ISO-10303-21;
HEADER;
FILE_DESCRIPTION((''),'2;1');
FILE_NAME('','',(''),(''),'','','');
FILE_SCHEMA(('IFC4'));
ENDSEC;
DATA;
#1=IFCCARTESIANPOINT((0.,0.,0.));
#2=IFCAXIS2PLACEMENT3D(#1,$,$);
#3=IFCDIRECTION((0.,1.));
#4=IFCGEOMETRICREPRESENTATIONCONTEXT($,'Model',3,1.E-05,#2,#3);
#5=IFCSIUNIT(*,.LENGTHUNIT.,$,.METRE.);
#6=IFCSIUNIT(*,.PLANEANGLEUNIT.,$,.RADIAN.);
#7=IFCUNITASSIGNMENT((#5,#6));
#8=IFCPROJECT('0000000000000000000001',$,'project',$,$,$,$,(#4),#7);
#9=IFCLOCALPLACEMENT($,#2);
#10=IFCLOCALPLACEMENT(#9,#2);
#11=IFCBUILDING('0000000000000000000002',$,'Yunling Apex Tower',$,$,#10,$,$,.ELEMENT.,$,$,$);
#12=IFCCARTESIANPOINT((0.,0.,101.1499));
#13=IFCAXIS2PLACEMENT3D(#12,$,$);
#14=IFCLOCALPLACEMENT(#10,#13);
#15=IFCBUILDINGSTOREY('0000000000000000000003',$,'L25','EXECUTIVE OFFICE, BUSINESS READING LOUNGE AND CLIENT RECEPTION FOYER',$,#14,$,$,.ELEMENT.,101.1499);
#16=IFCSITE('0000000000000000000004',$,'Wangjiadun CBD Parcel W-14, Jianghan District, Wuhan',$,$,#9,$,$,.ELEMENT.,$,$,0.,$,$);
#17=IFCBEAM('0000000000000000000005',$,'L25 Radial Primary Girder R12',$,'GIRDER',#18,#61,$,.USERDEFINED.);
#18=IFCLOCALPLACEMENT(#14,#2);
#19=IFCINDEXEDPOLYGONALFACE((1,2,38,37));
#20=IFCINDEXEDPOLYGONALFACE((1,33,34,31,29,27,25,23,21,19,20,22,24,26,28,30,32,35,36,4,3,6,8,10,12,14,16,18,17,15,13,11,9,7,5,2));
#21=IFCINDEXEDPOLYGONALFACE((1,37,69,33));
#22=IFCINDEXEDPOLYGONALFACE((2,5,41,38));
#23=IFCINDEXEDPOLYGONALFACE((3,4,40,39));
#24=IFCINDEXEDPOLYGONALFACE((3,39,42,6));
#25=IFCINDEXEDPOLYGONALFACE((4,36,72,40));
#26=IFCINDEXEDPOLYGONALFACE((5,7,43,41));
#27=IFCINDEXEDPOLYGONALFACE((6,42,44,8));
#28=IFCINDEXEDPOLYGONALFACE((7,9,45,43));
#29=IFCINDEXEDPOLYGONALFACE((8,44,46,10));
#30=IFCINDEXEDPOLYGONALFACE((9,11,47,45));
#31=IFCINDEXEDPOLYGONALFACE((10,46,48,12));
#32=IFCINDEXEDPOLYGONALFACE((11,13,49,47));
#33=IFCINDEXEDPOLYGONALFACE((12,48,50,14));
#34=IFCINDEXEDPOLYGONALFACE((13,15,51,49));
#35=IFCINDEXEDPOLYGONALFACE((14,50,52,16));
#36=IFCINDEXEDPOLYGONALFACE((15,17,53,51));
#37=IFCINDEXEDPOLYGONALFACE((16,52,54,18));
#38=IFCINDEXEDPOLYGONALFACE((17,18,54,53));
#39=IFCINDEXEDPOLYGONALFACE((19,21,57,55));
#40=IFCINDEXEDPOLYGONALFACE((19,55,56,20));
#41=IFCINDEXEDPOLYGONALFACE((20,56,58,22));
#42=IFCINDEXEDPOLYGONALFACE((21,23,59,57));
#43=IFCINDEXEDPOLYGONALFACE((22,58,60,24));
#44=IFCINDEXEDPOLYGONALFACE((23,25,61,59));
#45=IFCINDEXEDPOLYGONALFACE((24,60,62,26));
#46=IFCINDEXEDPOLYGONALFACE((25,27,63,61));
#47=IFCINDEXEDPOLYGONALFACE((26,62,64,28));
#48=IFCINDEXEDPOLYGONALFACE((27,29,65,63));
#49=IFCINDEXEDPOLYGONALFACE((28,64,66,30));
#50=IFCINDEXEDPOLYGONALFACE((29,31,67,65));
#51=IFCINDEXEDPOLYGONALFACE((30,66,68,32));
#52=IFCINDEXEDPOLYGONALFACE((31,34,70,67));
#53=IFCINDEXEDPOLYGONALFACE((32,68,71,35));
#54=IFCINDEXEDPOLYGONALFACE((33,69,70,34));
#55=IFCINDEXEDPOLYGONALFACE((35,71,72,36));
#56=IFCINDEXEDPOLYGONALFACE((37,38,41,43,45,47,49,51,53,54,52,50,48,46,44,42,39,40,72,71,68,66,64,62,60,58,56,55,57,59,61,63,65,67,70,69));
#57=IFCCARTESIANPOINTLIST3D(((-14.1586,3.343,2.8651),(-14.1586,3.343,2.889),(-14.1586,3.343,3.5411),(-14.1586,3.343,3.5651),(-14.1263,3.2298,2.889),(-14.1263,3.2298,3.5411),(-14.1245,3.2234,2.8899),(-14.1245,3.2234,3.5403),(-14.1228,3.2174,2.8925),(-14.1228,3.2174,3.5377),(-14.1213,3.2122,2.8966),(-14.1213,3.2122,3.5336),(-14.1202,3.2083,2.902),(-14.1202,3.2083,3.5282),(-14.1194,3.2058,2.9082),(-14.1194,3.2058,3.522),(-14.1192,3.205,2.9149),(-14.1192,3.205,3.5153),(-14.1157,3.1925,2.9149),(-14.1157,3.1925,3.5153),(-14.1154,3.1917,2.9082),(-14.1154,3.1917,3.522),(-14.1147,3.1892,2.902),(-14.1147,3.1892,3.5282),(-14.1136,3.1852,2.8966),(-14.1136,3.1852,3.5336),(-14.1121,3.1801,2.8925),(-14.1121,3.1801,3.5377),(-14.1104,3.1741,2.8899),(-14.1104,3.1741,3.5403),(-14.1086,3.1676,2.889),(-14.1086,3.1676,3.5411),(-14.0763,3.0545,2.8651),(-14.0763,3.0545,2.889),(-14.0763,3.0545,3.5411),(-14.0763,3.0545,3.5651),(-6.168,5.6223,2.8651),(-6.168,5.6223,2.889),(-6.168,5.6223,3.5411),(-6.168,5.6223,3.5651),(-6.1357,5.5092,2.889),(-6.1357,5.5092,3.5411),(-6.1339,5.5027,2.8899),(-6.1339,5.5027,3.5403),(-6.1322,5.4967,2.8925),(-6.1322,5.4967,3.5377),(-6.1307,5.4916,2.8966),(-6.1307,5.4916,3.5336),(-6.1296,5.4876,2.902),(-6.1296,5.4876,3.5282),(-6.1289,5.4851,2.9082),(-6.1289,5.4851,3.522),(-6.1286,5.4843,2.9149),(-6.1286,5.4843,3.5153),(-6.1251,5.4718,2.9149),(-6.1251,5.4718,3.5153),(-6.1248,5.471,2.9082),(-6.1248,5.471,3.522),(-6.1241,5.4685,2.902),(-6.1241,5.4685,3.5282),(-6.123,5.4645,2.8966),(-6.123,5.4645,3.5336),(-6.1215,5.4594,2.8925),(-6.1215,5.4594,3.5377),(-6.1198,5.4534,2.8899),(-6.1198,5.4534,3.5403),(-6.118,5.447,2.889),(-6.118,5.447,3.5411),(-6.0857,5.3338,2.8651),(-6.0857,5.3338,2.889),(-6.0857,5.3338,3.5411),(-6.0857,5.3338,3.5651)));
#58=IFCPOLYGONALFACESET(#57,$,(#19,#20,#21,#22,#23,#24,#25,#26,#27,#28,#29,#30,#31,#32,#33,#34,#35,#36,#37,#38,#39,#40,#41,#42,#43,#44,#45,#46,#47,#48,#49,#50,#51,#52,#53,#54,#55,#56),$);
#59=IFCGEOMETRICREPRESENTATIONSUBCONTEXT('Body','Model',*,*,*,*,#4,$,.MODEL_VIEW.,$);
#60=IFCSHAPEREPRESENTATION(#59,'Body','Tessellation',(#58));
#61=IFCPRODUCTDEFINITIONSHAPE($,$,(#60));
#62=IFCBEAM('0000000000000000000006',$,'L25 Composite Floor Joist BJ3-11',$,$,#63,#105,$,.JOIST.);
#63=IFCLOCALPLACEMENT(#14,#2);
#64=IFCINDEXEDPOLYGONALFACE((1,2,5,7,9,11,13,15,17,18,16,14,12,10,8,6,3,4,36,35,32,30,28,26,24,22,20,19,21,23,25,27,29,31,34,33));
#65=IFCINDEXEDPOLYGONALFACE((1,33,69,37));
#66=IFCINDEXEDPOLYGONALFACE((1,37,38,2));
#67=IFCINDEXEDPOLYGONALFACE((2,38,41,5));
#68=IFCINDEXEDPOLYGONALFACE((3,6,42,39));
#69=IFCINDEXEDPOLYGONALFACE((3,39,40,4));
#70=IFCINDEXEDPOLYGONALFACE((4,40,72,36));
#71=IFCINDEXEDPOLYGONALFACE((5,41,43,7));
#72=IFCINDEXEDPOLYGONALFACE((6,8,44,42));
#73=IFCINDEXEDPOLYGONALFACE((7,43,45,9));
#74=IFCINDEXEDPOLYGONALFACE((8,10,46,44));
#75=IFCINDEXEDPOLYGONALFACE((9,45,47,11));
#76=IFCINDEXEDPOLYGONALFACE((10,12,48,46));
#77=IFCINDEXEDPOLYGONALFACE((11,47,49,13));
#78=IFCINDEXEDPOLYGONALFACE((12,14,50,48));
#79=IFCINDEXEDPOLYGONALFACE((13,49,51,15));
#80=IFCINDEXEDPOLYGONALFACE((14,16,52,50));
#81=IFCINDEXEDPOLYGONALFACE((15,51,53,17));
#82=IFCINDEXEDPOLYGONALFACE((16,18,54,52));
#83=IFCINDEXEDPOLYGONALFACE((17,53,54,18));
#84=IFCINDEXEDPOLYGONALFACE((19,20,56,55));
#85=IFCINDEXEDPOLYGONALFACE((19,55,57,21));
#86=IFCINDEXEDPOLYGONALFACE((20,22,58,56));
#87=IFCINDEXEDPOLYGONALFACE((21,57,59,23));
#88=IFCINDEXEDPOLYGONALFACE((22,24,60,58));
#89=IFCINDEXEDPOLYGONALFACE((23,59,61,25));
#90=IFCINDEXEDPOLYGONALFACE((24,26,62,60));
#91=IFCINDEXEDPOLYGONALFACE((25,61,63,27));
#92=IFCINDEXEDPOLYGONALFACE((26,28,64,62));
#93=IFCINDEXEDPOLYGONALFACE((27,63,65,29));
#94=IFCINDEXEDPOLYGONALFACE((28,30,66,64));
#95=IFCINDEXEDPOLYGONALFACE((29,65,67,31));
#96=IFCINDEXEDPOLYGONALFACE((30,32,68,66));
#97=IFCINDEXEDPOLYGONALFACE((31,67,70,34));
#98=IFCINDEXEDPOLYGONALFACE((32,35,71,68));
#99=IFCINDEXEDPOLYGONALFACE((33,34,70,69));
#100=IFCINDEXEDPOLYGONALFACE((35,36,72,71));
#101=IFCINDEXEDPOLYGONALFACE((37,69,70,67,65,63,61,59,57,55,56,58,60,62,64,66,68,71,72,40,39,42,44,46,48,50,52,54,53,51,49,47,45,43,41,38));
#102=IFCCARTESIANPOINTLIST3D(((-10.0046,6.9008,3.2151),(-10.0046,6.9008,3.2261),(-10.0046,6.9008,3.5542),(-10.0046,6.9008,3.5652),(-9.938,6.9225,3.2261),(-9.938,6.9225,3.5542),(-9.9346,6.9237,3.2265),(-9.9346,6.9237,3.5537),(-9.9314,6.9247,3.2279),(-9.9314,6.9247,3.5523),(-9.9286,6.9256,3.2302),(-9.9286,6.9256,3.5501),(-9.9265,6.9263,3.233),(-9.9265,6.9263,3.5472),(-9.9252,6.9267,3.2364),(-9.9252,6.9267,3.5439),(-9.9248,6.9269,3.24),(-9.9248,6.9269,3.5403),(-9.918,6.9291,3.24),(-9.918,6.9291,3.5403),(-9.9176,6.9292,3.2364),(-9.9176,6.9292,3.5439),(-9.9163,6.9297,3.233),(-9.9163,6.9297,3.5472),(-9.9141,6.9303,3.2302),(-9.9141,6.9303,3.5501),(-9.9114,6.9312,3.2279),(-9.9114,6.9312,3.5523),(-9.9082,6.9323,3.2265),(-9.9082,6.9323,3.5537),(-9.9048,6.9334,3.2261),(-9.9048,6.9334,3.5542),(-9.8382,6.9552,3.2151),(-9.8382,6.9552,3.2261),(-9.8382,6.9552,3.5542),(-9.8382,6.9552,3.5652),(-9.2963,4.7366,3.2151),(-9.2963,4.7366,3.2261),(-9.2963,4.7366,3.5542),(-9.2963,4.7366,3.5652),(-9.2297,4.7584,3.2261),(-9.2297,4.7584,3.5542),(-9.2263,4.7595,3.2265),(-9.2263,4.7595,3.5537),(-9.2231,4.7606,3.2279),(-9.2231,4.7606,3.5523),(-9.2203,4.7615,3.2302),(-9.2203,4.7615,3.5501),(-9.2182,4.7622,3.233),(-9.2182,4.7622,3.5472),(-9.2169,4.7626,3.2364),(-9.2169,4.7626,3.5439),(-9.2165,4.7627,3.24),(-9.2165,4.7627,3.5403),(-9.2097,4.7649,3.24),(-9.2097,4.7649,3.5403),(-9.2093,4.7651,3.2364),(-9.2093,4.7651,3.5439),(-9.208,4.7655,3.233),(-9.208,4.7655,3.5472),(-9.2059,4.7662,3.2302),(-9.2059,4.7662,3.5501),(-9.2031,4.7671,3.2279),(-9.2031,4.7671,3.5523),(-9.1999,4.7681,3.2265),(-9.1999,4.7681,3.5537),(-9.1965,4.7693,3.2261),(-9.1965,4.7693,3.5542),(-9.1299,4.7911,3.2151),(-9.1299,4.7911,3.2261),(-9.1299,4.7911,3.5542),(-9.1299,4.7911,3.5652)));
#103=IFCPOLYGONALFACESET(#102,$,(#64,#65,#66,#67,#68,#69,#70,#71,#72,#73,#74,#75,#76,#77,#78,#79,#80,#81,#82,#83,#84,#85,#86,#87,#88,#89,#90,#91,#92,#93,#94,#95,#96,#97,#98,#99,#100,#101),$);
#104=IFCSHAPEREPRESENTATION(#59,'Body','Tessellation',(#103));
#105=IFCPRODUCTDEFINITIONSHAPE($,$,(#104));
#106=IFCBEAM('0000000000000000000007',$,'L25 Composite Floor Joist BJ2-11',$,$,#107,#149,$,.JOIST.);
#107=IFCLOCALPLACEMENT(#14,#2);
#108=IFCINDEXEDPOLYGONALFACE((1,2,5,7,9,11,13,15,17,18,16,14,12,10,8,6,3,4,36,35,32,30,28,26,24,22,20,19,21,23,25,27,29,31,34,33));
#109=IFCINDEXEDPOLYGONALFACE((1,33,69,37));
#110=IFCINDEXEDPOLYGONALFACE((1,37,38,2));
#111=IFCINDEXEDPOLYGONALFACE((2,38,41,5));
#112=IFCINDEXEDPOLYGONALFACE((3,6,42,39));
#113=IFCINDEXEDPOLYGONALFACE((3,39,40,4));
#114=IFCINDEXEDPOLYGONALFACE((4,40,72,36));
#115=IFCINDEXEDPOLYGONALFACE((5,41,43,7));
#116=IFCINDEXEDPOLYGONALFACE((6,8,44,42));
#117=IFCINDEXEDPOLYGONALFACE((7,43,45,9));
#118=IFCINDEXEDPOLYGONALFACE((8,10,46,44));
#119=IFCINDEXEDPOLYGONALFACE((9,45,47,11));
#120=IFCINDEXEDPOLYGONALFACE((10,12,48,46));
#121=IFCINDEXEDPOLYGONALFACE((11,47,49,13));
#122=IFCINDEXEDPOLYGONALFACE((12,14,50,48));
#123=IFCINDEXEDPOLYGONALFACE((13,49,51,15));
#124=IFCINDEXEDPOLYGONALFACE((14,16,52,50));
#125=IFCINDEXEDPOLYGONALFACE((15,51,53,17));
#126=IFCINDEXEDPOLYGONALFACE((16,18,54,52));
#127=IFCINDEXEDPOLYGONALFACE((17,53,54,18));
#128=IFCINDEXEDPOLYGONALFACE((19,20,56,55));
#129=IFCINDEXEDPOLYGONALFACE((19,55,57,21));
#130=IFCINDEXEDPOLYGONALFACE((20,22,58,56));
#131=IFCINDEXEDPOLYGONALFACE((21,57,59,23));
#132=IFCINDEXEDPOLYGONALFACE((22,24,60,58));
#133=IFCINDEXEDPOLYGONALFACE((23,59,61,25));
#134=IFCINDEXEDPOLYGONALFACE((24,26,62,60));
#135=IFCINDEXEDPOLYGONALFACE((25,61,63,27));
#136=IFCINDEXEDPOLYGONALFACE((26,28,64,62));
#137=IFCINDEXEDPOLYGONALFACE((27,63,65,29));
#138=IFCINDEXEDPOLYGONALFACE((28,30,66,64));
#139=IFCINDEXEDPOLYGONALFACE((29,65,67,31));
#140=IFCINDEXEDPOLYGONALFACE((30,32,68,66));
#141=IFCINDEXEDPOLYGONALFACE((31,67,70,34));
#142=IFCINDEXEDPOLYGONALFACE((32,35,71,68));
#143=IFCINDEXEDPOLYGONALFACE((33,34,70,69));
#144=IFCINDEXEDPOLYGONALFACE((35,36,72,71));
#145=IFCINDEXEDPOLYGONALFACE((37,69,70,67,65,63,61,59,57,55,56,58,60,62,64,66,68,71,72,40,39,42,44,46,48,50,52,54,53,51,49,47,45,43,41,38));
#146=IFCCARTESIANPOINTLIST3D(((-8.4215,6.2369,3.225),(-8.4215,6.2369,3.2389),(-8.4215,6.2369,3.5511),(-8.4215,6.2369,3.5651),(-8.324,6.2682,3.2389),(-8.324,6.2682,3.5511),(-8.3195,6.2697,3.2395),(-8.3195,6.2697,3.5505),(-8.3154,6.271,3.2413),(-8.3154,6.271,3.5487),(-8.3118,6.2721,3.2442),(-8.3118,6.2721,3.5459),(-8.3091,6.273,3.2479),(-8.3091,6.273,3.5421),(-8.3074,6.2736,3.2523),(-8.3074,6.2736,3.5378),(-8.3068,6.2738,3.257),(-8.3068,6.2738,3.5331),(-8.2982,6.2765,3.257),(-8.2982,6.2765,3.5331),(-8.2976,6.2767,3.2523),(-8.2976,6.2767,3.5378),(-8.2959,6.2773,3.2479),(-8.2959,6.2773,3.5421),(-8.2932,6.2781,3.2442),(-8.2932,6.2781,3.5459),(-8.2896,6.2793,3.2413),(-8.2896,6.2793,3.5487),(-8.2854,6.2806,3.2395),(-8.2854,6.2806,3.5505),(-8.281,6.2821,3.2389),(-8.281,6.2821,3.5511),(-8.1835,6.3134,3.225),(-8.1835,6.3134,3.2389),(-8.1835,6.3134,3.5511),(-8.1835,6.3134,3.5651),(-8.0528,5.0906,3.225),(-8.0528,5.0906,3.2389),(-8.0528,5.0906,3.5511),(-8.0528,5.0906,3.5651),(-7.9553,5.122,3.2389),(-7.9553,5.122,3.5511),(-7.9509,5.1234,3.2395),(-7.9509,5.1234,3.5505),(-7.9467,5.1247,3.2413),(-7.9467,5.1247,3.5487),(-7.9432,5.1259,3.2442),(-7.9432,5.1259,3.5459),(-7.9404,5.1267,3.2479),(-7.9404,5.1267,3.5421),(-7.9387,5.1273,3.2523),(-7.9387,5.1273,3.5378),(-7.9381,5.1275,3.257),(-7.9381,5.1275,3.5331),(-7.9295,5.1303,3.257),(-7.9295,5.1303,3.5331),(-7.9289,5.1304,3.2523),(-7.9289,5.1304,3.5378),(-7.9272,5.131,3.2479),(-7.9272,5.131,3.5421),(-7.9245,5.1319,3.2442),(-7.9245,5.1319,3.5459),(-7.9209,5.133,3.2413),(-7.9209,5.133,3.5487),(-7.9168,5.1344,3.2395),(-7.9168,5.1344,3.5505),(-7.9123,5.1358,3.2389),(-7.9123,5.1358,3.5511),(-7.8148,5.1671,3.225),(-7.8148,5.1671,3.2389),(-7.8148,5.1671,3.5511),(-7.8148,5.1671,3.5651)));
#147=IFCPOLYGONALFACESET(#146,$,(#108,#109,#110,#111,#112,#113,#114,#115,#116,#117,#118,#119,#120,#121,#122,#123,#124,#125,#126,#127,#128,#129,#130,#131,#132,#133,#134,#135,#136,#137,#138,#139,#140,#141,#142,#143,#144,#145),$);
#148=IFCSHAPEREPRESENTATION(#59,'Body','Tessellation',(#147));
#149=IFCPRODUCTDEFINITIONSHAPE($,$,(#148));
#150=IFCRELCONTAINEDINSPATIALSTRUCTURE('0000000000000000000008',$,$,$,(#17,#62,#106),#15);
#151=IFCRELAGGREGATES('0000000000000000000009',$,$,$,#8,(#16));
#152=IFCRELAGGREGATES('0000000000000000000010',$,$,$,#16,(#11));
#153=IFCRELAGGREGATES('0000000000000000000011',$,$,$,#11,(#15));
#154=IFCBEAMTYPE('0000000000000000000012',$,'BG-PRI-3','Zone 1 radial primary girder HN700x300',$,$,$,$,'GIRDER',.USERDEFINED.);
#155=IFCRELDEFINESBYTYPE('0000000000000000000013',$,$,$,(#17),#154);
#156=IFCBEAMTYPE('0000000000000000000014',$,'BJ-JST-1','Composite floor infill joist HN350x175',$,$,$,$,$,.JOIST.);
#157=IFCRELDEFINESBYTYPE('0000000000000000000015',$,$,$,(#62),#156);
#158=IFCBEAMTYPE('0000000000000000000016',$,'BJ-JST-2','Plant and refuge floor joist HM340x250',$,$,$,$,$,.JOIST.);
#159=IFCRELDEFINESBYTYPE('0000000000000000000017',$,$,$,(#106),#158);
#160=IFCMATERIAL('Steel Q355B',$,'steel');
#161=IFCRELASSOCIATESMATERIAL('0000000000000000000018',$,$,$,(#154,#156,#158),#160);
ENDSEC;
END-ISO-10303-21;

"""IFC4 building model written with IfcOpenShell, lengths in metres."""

from ifc_helpers import new_model, si_unit, direction, frame, origin, origin_2d, place, context, subcontext, project, spatial, i_section, extrude, source, transform, mapped, material, material_profile, profile_set, type_object, element, save


model = new_model("IFC4")

# Units and contexts
model_context = context("Model", 3, precision=1e-05, world=origin(), true_north=direction((0.0, 1.0)))
body_context = subcontext(model_context, "Body", "Model", "MODEL_VIEW")
ifc_project = project(units=[si_unit("LENGTHUNIT", "METRE"), si_unit("PLANEANGLEUNIT", "RADIAN")], contexts=[model_context])

# Site, building, storey
site_placement = place(None, origin())
site = spatial("IfcSite", under=ifc_project, at=site_placement, Name="Wangjiadun CBD Parcel W-14, Jianghan District, Wuhan", CompositionType="ELEMENT", RefElevation=0.0)
building_placement = place(site_placement, origin())
building = spatial("IfcBuilding", under=site, at=building_placement, Name="Yunling Apex Tower", CompositionType="ELEMENT")
storey_placement = place(building_placement, frame((0.0, 0.0, 101.1499)))
storey = spatial("IfcBuildingStorey", under=building, at=storey_placement, Name="L25", Description="EXECUTIVE OFFICE, BUSINESS READING LOUNGE AND CLIENT RECEPTION FOYER", CompositionType="ELEMENT", Elevation=101.1499)

# Beams
ifc_material_1 = material(Name="Steel Q355B", Category="steel")
ifc_material_profile_1 = material_profile(ifc_material_1, i_section(OverallWidth=0.3, OverallDepth=0.7, WebThickness=0.0129, FlangeThickness=0.0239, FilletRadius=0.0259, at=origin_2d()))
ifc_profile_set_1 = profile_set([ifc_material_profile_1], Name="Steel Q355B")
beam_type_1 = type_object("IfcBeamType", Name="BG-PRI-3", Description="Zone 1 radial primary girder HN700x300", ElementType="GIRDER", PredefinedType="USERDEFINED", material=ifc_profile_set_1)
shared_shape_1 = source(origin(), body_context, "Body", "SweptSolid", [
    extrude(i_section(OverallWidth=0.3, OverallDepth=0.7, WebThickness=0.0129, FlangeThickness=0.0239, FilletRadius=0.0259, at=origin_2d()), origin(), (0.0, 0.0, 1.0), 8.3093),
])
beam_1_placement = place(storey_placement, frame((-14.1174, 3.1987, 3.2151), z_axis=(0.961641, 0.27431, 0.0), x_axis=(-0.27431, 0.961641, 0.0)))
element("IfcBeam", 1, at=beam_1_placement, inside=storey, type_object=beam_type_1, Name="L25 Radial Primary Girder R12", ObjectType="GIRDER", PredefinedType="USERDEFINED", context=body_context, shape_type="MappedRepresentation", body=[
    mapped(shared_shape_1, transform((0.0, 0.0, 0.0), scale=1.0)),
])
ifc_material_profile_2 = material_profile(ifc_material_1, i_section(OverallWidth=0.175, OverallDepth=0.3501, WebThickness=0.0071, FlangeThickness=0.011, FilletRadius=0.0139, at=origin_2d()))
ifc_profile_set_2 = profile_set([ifc_material_profile_2], Name="Steel Q355B")
beam_type_2 = type_object("IfcBeamType", Name="BJ-JST-1", Description="Composite floor infill joist HN350x175", PredefinedType="JOIST", material=ifc_profile_set_2)
shared_shape_2 = source(origin(), body_context, "Body", "SweptSolid", [
    extrude(i_section(OverallWidth=0.175, OverallDepth=0.3501, WebThickness=0.0071, FlangeThickness=0.011, FilletRadius=0.0139, at=origin_2d()), origin(), (0.0, 0.0, 1.0), 2.2771),
])
beam_2_placement = place(storey_placement, frame((-9.9214, 6.928, 3.3901), z_axis=(0.311044, -0.950395, 0.0), x_axis=(0.950395, 0.311044, 0.0)))
element("IfcBeam", 2, at=beam_2_placement, inside=storey, type_object=beam_type_2, Name="L25 Composite Floor Joist BJ3-11", PredefinedType="JOIST", context=body_context, shape_type="MappedRepresentation", body=[
    mapped(shared_shape_2, transform((0.0, 0.0, 0.0), scale=1.0)),
])
ifc_material_profile_3 = material_profile(ifc_material_1, i_section(OverallWidth=0.25, OverallDepth=0.3401, WebThickness=0.009, FlangeThickness=0.0139, FilletRadius=0.0181, at=origin_2d()))
ifc_profile_set_3 = profile_set([ifc_material_profile_3], Name="Steel Q355B")
beam_type_3 = type_object("IfcBeamType", Name="BJ-JST-2", Description="Plant and refuge floor joist HM340x250", PredefinedType="JOIST", material=ifc_profile_set_3)
shared_shape_3 = source(origin(), body_context, "Body", "SweptSolid", [
    extrude(i_section(OverallWidth=0.25, OverallDepth=0.3401, WebThickness=0.009, FlangeThickness=0.0139, FilletRadius=0.0181, at=origin_2d()), origin(), (0.0, 0.0, 1.0), 1.2041),
])
beam_3_placement = place(storey_placement, frame((-8.3025, 6.2751, 3.395), z_axis=(0.306173, -0.951976, 0.0), x_axis=(0.951976, 0.306173, 0.0)))
element("IfcBeam", 3, at=beam_3_placement, inside=storey, type_object=beam_type_3, Name="L25 Composite Floor Joist BJ2-11", PredefinedType="JOIST", context=body_context, shape_type="MappedRepresentation", body=[
    mapped(shared_shape_3, transform((0.0, 0.0, 0.0), scale=1.0)),
])

save(model, "model.ifc")
